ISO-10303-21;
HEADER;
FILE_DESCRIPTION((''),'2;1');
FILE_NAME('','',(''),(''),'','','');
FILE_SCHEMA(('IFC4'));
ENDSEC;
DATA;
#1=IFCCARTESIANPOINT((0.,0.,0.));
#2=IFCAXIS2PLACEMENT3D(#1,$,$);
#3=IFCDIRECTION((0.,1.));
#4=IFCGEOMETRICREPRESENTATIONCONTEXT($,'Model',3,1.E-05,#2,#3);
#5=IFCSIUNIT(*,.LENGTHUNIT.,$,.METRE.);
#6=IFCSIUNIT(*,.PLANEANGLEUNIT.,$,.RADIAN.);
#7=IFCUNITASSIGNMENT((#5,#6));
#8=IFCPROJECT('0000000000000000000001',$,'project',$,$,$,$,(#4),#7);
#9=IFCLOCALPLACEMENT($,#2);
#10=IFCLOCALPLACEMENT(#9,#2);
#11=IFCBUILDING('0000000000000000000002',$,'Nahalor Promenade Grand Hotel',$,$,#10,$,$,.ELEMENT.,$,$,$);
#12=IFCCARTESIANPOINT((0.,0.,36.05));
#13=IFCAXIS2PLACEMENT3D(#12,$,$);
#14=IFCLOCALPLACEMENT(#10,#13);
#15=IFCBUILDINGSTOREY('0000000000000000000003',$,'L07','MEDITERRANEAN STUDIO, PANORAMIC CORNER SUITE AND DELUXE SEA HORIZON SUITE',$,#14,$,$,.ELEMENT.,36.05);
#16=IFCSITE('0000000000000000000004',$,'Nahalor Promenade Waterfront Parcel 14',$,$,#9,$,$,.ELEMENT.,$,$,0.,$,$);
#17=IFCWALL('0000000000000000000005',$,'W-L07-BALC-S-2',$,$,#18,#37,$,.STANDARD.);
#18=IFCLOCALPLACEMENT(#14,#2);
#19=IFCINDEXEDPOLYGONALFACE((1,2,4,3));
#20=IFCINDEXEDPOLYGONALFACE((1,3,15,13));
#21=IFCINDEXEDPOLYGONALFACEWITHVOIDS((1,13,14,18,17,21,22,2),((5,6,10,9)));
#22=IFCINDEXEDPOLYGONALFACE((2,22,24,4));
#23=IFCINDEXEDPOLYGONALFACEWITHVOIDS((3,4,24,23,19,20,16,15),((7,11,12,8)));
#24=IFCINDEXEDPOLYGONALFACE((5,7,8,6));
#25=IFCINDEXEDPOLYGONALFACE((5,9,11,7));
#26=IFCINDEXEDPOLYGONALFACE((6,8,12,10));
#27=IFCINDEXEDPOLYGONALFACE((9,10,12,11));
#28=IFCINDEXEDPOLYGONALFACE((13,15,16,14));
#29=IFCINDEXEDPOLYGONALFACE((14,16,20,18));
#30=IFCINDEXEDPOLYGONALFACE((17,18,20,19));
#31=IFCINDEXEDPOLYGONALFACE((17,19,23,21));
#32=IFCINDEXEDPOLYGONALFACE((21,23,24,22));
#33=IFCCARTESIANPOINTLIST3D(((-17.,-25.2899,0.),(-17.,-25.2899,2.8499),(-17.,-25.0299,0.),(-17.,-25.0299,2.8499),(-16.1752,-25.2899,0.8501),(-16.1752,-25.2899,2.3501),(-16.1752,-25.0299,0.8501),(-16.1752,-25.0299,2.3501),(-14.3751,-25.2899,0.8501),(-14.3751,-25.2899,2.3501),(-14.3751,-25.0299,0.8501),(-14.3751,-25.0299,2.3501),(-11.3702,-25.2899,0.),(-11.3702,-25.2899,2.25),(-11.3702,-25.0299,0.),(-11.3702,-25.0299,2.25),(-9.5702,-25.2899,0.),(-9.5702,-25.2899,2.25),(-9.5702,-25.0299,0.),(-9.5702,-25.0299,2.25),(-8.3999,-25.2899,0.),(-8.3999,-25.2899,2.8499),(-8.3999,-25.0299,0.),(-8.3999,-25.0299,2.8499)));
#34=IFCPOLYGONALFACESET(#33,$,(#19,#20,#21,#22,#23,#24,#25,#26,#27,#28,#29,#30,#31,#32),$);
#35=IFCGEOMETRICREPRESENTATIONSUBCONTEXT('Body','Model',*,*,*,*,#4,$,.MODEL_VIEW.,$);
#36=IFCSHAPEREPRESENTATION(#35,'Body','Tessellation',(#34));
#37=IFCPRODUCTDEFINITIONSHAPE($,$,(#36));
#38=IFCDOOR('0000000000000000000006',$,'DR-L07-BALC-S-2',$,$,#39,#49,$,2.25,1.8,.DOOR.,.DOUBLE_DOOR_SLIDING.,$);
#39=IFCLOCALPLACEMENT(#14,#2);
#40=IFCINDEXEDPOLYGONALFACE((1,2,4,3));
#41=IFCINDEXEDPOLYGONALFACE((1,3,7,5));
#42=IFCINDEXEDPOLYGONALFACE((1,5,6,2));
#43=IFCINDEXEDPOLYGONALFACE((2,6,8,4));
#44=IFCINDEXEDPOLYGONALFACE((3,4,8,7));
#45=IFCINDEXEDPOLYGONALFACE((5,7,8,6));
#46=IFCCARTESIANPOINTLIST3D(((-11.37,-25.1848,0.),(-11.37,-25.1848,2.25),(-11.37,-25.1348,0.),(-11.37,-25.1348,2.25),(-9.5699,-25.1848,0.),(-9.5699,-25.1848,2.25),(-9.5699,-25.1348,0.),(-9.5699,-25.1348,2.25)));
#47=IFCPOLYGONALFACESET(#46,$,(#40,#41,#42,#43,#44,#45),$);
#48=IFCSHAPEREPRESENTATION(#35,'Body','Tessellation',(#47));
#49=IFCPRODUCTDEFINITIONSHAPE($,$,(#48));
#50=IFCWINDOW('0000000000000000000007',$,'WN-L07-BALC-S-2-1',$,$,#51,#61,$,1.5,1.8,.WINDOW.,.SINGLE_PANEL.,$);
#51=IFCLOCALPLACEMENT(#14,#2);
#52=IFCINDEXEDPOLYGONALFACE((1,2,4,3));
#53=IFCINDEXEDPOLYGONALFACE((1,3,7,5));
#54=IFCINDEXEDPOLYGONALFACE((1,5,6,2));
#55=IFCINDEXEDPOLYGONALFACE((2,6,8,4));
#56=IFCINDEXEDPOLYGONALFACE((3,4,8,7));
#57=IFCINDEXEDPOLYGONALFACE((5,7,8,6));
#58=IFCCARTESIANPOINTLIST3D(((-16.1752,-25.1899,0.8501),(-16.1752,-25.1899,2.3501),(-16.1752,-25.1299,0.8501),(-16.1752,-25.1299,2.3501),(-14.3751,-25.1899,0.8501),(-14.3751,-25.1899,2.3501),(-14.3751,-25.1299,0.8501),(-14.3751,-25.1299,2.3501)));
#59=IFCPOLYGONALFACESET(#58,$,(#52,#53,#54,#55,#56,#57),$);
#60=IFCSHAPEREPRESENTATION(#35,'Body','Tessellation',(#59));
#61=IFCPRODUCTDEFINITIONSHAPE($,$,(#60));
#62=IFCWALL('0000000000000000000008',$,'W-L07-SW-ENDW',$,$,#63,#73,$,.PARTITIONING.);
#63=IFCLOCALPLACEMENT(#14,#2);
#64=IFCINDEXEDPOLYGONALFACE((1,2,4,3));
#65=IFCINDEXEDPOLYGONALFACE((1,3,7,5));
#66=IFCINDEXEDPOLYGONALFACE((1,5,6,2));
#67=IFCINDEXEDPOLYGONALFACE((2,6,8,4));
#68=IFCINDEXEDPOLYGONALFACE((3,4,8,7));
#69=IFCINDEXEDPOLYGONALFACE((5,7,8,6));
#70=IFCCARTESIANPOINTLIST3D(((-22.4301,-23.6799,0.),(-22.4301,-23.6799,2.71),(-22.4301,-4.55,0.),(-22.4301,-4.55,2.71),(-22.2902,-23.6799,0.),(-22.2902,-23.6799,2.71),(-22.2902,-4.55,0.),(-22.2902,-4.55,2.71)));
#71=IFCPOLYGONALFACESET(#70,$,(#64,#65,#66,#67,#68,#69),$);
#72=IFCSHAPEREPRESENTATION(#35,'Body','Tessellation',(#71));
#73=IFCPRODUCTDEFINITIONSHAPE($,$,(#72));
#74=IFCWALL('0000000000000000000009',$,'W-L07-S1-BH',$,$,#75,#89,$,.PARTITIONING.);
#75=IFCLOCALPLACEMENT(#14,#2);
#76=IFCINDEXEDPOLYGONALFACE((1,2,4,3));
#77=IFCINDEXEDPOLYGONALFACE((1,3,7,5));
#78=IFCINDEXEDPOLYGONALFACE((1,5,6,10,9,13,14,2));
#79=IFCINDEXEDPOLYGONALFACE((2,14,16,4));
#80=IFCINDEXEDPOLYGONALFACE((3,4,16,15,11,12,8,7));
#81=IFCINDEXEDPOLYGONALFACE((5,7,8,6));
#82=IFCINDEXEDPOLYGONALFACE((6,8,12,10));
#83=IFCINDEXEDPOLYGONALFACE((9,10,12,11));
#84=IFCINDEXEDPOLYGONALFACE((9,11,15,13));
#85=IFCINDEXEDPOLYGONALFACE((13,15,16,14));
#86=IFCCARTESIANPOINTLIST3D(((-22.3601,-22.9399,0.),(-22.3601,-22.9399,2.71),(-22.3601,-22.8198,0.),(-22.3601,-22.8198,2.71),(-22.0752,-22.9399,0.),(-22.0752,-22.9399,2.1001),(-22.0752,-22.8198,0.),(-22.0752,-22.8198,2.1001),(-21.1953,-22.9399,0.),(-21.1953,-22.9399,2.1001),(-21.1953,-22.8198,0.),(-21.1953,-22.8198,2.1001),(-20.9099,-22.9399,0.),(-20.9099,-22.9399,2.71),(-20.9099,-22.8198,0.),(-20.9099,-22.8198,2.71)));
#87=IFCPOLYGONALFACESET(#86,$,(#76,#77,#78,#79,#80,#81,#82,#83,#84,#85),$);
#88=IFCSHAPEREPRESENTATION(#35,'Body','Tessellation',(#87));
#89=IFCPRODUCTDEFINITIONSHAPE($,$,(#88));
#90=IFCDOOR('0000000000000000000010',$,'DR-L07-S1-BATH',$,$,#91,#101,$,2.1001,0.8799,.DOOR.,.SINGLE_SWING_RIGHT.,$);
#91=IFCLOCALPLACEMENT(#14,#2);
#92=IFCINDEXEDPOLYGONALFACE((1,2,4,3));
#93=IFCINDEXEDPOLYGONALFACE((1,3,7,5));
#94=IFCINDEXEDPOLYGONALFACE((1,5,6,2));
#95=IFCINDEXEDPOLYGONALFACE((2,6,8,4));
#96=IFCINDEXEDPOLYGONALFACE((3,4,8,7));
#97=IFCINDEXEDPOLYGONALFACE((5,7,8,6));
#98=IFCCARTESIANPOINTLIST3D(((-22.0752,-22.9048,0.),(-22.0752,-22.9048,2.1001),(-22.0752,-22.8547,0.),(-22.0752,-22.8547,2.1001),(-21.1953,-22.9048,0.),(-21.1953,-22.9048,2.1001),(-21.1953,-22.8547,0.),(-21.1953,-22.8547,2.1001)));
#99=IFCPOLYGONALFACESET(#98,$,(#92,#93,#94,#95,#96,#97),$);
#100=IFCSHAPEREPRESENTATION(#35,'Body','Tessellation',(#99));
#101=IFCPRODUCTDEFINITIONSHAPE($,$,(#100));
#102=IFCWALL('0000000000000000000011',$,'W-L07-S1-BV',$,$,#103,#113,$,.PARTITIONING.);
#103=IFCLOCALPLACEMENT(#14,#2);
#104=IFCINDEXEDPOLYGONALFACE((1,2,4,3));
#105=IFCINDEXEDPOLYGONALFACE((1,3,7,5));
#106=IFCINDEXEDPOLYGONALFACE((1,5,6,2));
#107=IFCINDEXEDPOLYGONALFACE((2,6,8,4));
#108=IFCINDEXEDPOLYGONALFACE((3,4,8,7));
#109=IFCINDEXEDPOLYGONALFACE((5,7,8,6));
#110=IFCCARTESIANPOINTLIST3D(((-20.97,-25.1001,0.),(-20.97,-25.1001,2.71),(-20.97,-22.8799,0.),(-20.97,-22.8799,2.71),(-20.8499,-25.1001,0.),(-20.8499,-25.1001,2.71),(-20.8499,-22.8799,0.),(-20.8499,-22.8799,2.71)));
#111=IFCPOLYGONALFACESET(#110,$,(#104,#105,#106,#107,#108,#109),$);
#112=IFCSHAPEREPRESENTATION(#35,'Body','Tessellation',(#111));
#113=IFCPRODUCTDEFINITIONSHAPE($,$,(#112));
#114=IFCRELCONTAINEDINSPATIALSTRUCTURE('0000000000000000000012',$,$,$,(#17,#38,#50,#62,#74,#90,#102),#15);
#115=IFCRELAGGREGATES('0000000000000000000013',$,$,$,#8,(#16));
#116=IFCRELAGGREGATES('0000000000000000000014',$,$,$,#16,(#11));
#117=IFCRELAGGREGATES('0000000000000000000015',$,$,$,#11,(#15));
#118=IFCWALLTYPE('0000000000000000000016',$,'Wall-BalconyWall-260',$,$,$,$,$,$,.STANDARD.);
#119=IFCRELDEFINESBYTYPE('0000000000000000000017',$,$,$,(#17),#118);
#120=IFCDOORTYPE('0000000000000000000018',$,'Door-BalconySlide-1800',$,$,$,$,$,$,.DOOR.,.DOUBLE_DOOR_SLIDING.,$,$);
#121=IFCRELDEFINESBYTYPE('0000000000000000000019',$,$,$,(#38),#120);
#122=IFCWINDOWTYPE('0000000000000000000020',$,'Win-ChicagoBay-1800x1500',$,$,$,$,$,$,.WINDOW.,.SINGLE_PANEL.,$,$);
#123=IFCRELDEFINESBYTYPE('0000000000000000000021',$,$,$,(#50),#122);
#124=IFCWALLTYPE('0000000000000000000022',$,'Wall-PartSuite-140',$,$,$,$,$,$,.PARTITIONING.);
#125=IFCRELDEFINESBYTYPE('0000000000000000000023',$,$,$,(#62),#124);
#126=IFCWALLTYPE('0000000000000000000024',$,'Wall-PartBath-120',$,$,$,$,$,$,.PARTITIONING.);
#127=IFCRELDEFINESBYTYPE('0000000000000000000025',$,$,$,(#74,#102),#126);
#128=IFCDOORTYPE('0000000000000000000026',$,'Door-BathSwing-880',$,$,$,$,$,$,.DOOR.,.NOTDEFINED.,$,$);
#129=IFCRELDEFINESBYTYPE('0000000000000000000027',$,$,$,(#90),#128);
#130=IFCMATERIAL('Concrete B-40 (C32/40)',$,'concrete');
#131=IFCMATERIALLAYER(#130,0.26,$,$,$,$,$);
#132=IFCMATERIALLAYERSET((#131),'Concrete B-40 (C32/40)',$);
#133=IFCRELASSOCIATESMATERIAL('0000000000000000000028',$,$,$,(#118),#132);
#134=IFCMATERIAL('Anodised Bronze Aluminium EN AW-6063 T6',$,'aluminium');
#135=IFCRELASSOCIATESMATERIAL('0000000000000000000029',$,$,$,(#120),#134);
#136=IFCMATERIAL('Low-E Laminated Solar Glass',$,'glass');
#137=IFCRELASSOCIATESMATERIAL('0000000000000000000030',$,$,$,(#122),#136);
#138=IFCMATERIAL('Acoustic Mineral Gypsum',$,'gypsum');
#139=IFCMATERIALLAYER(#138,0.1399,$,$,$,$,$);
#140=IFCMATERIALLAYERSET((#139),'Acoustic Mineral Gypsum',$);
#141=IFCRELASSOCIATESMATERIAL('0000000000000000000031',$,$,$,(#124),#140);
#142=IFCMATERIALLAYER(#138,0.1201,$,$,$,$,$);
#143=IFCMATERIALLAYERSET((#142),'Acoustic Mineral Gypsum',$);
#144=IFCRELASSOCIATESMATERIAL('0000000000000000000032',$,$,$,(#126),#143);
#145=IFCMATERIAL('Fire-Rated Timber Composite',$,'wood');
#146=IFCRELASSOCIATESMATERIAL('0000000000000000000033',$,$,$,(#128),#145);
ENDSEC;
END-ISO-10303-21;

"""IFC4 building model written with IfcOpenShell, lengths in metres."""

from ifc_helpers import new_model, si_unit, direction, frame, frame_2d, origin, place, context, subcontext, project, spatial, rectangle, extrude, source, transform, mapped, material, layer, layer_set, type_object, element, fill, save


model = new_model("IFC4")

# Units and contexts
model_context = context("Model", 3, precision=1e-05, world=origin(), true_north=direction((0.0, 1.0)))
body_context = subcontext(model_context, "Body", "Model", "MODEL_VIEW")
ifc_project = project(units=[si_unit("LENGTHUNIT", "METRE"), si_unit("PLANEANGLEUNIT", "RADIAN")], contexts=[model_context])

# Site, building, storey
site_placement = place(None, origin())
site = spatial("IfcSite", under=ifc_project, at=site_placement, Name="Nahalor Promenade Waterfront Parcel 14", CompositionType="ELEMENT", RefElevation=0.0)
building_placement = place(site_placement, origin())
building = spatial("IfcBuilding", under=site, at=building_placement, Name="Nahalor Promenade Grand Hotel", CompositionType="ELEMENT")
storey_placement = place(building_placement, frame((0.0, 0.0, 36.05)))
storey = spatial("IfcBuildingStorey", under=building, at=storey_placement, Name="L07", Description="MEDITERRANEAN STUDIO, PANORAMIC CORNER SUITE AND DELUXE SEA HORIZON SUITE", CompositionType="ELEMENT", Elevation=36.05)

# Shared definitions
ifc_material_1 = material(Name="Anodised Bronze Aluminium EN AW-6063 T6", Category="aluminium")

# Shared definitions
ifc_material_2 = material(Name="Low-E Laminated Solar Glass", Category="glass")

# Shared definitions
ifc_material_3 = material(Name="Concrete B-40 (C32/40)", Category="concrete")

# Wall, openings, door, window
ifc_layer_1 = layer(ifc_material_3, 0.26)
ifc_layer_set_1 = layer_set([ifc_layer_1], Name="Concrete B-40 (C32/40)")
wall_type_1 = type_object("IfcWallType", Name="Wall-BalconyWall-260", PredefinedType="STANDARD", material=ifc_layer_set_1)
shared_shape_1 = source(origin(), body_context, "Body", "SweptSolid", [
    extrude(rectangle(XDim=8.6001, YDim=0.26, at=frame_2d((4.3, 0.0))), origin(), (0.0, 0.0, 1.0), 2.8499),
])
wall_1_placement = place(storey_placement, frame((-17.0, -25.1599, 0.0), z_axis=(0.0, 0.0, 1.0), x_axis=(1.0, 0.0, 0.0)))
wall_1 = element("IfcWall", 1, at=wall_1_placement, inside=storey, type_object=wall_type_1, Name="W-L07-BALC-S-2", PredefinedType="STANDARD", context=body_context, shape_type="MappedRepresentation", body=[
    mapped(shared_shape_1, transform((0.0, 0.0, 0.0), scale=1.0)),
])
opening_1_placement = place(wall_1_placement, frame((5.6299, 0.0, 0.0)))
opening_1 = element("IfcOpeningElement", 2, at=opening_1_placement, cuts=wall_1, PredefinedType="OPENING", context=body_context, shape_type="SweptSolid", body=[
    extrude(rectangle(XDim=1.8, YDim=2.25, at=frame_2d((0.8999, 1.125))), frame((0.0, 0.1399, 0.0), z_axis=(0.0, -1.0, 0.0), x_axis=(1.0, 0.0, 0.0)), (0.0, 0.0, 1.0), 0.28),
])
opening_2_placement = place(wall_1_placement, frame((0.825, 0.0, 0.8501)))
opening_2 = element("IfcOpeningElement", 3, at=opening_2_placement, cuts=wall_1, PredefinedType="OPENING", context=body_context, shape_type="SweptSolid", body=[
    extrude(rectangle(XDim=1.8, YDim=1.5, at=frame_2d((0.8999, 0.75))), frame((0.0, 0.1399, 0.0), z_axis=(0.0, -1.0, 0.0), x_axis=(1.0, 0.0, 0.0)), (0.0, 0.0, 1.0), 0.28),
])
door_type_1 = type_object("IfcDoorType", Name="Door-BalconySlide-1800", OperationType="DOUBLE_DOOR_SLIDING", PredefinedType="DOOR", material=ifc_material_1)
shared_shape_2 = source(origin(), body_context, "Body", "SweptSolid", [
    extrude(rectangle(XDim=1.8, YDim=2.25, at=frame_2d((0.8999, 1.125))), frame((0.0, 0.0249, 0.0), z_axis=(0.0, -1.0, 0.0), x_axis=(1.0, 0.0, 0.0)), (0.0, 0.0, 1.0), 0.05),
])
door_1_placement = place(opening_1_placement, frame((1.8, 0.0, 0.0), z_axis=(0.0, 0.0, 1.0), x_axis=(-1.0, 0.0, 0.0)))
door_1 = element("IfcDoor", 4, at=door_1_placement, inside=storey, type_object=door_type_1, Name="DR-L07-BALC-S-2", OperationType="DOUBLE_DOOR_SLIDING", OverallHeight=2.25, OverallWidth=1.8, PredefinedType="DOOR", context=body_context, shape_type="MappedRepresentation", body=[
    mapped(shared_shape_2, transform((0.0, 0.0, 0.0), scale=1.0)),
])
fill(opening_1, door_1)
window_type = type_object("IfcWindowType", Name="Win-ChicagoBay-1800x1500", PartitioningType="SINGLE_PANEL", PredefinedType="WINDOW", material=ifc_material_2)
shared_shape_3 = source(origin(), body_context, "Body", "SweptSolid", [
    extrude(rectangle(XDim=1.8, YDim=1.5, at=frame_2d((0.8999, 0.75))), frame((0.0, 0.03, 0.0), z_axis=(0.0, -1.0, 0.0), x_axis=(1.0, 0.0, 0.0)), (0.0, 0.0, 1.0), 0.0601),
])
window_placement = place(opening_2_placement, origin())
window = element("IfcWindow", 5, at=window_placement, inside=storey, type_object=window_type, Name="WN-L07-BALC-S-2-1", OverallHeight=1.5, OverallWidth=1.8, PartitioningType="SINGLE_PANEL", PredefinedType="WINDOW", context=body_context, shape_type="MappedRepresentation", body=[
    mapped(shared_shape_3, transform((0.0, 0.0, 0.0), scale=1.0)),
])
fill(opening_2, window)

# Wall
ifc_material_4 = material(Name="Acoustic Mineral Gypsum", Category="gypsum")
ifc_layer_2 = layer(ifc_material_4, 0.1399)
ifc_layer_set_2 = layer_set([ifc_layer_2], Name="Acoustic Mineral Gypsum")
wall_type_2 = type_object("IfcWallType", Name="Wall-PartSuite-140", PredefinedType="PARTITIONING", material=ifc_layer_set_2)
shared_shape_4 = source(origin(), body_context, "Body", "SweptSolid", [
    extrude(rectangle(XDim=19.1299, YDim=0.1399, at=frame_2d((9.5649, 0.0))), origin(), (0.0, 0.0, 1.0), 2.71),
])
wall_2_placement = place(storey_placement, frame((-22.3601, -23.6799, 0.0), z_axis=(0.0, 0.0, 1.0), x_axis=(0.0, 1.0, 0.0)))
element("IfcWall", 6, at=wall_2_placement, inside=storey, type_object=wall_type_2, Name="W-L07-SW-ENDW", PredefinedType="PARTITIONING", context=body_context, shape_type="MappedRepresentation", body=[
    mapped(shared_shape_4, transform((0.0, 0.0, 0.0), scale=1.0)),
])

# Wall, opening, door
ifc_layer_3 = layer(ifc_material_4, 0.1201)
ifc_layer_set_3 = layer_set([ifc_layer_3], Name="Acoustic Mineral Gypsum")
wall_type_3 = type_object("IfcWallType", Name="Wall-PartBath-120", PredefinedType="PARTITIONING", material=ifc_layer_set_3)
shared_shape_5 = source(origin(), body_context, "Body", "SweptSolid", [
    extrude(rectangle(XDim=1.4502, YDim=0.1201, at=frame_2d((0.7251, 0.0))), origin(), (0.0, 0.0, 1.0), 2.71),
])
wall_3_placement = place(storey_placement, frame((-22.3601, -22.8799, 0.0), z_axis=(0.0, 0.0, 1.0), x_axis=(1.0, 0.0, 0.0)))
wall_3 = element("IfcWall", 7, at=wall_3_placement, inside=storey, type_object=wall_type_3, Name="W-L07-S1-BH", PredefinedType="PARTITIONING", context=body_context, shape_type="MappedRepresentation", body=[
    mapped(shared_shape_5, transform((0.0, 0.0, 0.0), scale=1.0)),
])
opening_3_placement = place(wall_3_placement, frame((0.2849, 0.0, 0.0)))
opening_3 = element("IfcOpeningElement", 8, at=opening_3_placement, cuts=wall_3, PredefinedType="OPENING", context=body_context, shape_type="SweptSolid", body=[
    extrude(rectangle(XDim=0.8799, YDim=2.1001, at=frame_2d((0.4399, 1.05))), frame((0.0, 0.0701, 0.0), z_axis=(0.0, -1.0, 0.0), x_axis=(1.0, 0.0, 0.0)), (0.0, 0.0, 1.0), 0.1401),
])
ifc_material_5 = material(Name="Fire-Rated Timber Composite", Category="wood")
door_type_2 = type_object("IfcDoorType", Name="Door-BathSwing-880", OperationType="NOTDEFINED", PredefinedType="DOOR", material=ifc_material_5)
shared_shape_6 = source(origin(), body_context, "Body", "SweptSolid", [
    extrude(rectangle(XDim=0.8799, YDim=2.1001, at=frame_2d((0.4399, 1.05))), frame((0.0, 0.0249, 0.0), z_axis=(0.0, -1.0, 0.0), x_axis=(1.0, 0.0, 0.0)), (0.0, 0.0, 1.0), 0.05),
])
door_2_placement = place(opening_3_placement, frame((0.8799, 0.0, 0.0), z_axis=(0.0, 0.0, 1.0), x_axis=(-1.0, 0.0, 0.0)))
door_2 = element("IfcDoor", 9, at=door_2_placement, inside=storey, type_object=door_type_2, Name="DR-L07-S1-BATH", OperationType="SINGLE_SWING_RIGHT", OverallHeight=2.1001, OverallWidth=0.8799, PredefinedType="DOOR", context=body_context, shape_type="MappedRepresentation", body=[
    mapped(shared_shape_6, transform((0.0, 0.0, 0.0), scale=1.0)),
])
fill(opening_3, door_2)

# Wall
shared_shape_7 = source(origin(), body_context, "Body", "SweptSolid", [
    extrude(rectangle(XDim=2.2202, YDim=0.1201, at=frame_2d((1.1101, 0.0))), origin(), (0.0, 0.0, 1.0), 2.71),
])
wall_4_placement = place(storey_placement, frame((-20.9099, -25.1001, 0.0), z_axis=(0.0, 0.0, 1.0), x_axis=(0.0, 1.0, 0.0)))
element("IfcWall", 10, at=wall_4_placement, inside=storey, type_object=wall_type_3, Name="W-L07-S1-BV", PredefinedType="PARTITIONING", context=body_context, shape_type="MappedRepresentation", body=[
    mapped(shared_shape_7, transform((0.0, 0.0, 0.0), scale=1.0)),
])

save(model, "model.ifc")
